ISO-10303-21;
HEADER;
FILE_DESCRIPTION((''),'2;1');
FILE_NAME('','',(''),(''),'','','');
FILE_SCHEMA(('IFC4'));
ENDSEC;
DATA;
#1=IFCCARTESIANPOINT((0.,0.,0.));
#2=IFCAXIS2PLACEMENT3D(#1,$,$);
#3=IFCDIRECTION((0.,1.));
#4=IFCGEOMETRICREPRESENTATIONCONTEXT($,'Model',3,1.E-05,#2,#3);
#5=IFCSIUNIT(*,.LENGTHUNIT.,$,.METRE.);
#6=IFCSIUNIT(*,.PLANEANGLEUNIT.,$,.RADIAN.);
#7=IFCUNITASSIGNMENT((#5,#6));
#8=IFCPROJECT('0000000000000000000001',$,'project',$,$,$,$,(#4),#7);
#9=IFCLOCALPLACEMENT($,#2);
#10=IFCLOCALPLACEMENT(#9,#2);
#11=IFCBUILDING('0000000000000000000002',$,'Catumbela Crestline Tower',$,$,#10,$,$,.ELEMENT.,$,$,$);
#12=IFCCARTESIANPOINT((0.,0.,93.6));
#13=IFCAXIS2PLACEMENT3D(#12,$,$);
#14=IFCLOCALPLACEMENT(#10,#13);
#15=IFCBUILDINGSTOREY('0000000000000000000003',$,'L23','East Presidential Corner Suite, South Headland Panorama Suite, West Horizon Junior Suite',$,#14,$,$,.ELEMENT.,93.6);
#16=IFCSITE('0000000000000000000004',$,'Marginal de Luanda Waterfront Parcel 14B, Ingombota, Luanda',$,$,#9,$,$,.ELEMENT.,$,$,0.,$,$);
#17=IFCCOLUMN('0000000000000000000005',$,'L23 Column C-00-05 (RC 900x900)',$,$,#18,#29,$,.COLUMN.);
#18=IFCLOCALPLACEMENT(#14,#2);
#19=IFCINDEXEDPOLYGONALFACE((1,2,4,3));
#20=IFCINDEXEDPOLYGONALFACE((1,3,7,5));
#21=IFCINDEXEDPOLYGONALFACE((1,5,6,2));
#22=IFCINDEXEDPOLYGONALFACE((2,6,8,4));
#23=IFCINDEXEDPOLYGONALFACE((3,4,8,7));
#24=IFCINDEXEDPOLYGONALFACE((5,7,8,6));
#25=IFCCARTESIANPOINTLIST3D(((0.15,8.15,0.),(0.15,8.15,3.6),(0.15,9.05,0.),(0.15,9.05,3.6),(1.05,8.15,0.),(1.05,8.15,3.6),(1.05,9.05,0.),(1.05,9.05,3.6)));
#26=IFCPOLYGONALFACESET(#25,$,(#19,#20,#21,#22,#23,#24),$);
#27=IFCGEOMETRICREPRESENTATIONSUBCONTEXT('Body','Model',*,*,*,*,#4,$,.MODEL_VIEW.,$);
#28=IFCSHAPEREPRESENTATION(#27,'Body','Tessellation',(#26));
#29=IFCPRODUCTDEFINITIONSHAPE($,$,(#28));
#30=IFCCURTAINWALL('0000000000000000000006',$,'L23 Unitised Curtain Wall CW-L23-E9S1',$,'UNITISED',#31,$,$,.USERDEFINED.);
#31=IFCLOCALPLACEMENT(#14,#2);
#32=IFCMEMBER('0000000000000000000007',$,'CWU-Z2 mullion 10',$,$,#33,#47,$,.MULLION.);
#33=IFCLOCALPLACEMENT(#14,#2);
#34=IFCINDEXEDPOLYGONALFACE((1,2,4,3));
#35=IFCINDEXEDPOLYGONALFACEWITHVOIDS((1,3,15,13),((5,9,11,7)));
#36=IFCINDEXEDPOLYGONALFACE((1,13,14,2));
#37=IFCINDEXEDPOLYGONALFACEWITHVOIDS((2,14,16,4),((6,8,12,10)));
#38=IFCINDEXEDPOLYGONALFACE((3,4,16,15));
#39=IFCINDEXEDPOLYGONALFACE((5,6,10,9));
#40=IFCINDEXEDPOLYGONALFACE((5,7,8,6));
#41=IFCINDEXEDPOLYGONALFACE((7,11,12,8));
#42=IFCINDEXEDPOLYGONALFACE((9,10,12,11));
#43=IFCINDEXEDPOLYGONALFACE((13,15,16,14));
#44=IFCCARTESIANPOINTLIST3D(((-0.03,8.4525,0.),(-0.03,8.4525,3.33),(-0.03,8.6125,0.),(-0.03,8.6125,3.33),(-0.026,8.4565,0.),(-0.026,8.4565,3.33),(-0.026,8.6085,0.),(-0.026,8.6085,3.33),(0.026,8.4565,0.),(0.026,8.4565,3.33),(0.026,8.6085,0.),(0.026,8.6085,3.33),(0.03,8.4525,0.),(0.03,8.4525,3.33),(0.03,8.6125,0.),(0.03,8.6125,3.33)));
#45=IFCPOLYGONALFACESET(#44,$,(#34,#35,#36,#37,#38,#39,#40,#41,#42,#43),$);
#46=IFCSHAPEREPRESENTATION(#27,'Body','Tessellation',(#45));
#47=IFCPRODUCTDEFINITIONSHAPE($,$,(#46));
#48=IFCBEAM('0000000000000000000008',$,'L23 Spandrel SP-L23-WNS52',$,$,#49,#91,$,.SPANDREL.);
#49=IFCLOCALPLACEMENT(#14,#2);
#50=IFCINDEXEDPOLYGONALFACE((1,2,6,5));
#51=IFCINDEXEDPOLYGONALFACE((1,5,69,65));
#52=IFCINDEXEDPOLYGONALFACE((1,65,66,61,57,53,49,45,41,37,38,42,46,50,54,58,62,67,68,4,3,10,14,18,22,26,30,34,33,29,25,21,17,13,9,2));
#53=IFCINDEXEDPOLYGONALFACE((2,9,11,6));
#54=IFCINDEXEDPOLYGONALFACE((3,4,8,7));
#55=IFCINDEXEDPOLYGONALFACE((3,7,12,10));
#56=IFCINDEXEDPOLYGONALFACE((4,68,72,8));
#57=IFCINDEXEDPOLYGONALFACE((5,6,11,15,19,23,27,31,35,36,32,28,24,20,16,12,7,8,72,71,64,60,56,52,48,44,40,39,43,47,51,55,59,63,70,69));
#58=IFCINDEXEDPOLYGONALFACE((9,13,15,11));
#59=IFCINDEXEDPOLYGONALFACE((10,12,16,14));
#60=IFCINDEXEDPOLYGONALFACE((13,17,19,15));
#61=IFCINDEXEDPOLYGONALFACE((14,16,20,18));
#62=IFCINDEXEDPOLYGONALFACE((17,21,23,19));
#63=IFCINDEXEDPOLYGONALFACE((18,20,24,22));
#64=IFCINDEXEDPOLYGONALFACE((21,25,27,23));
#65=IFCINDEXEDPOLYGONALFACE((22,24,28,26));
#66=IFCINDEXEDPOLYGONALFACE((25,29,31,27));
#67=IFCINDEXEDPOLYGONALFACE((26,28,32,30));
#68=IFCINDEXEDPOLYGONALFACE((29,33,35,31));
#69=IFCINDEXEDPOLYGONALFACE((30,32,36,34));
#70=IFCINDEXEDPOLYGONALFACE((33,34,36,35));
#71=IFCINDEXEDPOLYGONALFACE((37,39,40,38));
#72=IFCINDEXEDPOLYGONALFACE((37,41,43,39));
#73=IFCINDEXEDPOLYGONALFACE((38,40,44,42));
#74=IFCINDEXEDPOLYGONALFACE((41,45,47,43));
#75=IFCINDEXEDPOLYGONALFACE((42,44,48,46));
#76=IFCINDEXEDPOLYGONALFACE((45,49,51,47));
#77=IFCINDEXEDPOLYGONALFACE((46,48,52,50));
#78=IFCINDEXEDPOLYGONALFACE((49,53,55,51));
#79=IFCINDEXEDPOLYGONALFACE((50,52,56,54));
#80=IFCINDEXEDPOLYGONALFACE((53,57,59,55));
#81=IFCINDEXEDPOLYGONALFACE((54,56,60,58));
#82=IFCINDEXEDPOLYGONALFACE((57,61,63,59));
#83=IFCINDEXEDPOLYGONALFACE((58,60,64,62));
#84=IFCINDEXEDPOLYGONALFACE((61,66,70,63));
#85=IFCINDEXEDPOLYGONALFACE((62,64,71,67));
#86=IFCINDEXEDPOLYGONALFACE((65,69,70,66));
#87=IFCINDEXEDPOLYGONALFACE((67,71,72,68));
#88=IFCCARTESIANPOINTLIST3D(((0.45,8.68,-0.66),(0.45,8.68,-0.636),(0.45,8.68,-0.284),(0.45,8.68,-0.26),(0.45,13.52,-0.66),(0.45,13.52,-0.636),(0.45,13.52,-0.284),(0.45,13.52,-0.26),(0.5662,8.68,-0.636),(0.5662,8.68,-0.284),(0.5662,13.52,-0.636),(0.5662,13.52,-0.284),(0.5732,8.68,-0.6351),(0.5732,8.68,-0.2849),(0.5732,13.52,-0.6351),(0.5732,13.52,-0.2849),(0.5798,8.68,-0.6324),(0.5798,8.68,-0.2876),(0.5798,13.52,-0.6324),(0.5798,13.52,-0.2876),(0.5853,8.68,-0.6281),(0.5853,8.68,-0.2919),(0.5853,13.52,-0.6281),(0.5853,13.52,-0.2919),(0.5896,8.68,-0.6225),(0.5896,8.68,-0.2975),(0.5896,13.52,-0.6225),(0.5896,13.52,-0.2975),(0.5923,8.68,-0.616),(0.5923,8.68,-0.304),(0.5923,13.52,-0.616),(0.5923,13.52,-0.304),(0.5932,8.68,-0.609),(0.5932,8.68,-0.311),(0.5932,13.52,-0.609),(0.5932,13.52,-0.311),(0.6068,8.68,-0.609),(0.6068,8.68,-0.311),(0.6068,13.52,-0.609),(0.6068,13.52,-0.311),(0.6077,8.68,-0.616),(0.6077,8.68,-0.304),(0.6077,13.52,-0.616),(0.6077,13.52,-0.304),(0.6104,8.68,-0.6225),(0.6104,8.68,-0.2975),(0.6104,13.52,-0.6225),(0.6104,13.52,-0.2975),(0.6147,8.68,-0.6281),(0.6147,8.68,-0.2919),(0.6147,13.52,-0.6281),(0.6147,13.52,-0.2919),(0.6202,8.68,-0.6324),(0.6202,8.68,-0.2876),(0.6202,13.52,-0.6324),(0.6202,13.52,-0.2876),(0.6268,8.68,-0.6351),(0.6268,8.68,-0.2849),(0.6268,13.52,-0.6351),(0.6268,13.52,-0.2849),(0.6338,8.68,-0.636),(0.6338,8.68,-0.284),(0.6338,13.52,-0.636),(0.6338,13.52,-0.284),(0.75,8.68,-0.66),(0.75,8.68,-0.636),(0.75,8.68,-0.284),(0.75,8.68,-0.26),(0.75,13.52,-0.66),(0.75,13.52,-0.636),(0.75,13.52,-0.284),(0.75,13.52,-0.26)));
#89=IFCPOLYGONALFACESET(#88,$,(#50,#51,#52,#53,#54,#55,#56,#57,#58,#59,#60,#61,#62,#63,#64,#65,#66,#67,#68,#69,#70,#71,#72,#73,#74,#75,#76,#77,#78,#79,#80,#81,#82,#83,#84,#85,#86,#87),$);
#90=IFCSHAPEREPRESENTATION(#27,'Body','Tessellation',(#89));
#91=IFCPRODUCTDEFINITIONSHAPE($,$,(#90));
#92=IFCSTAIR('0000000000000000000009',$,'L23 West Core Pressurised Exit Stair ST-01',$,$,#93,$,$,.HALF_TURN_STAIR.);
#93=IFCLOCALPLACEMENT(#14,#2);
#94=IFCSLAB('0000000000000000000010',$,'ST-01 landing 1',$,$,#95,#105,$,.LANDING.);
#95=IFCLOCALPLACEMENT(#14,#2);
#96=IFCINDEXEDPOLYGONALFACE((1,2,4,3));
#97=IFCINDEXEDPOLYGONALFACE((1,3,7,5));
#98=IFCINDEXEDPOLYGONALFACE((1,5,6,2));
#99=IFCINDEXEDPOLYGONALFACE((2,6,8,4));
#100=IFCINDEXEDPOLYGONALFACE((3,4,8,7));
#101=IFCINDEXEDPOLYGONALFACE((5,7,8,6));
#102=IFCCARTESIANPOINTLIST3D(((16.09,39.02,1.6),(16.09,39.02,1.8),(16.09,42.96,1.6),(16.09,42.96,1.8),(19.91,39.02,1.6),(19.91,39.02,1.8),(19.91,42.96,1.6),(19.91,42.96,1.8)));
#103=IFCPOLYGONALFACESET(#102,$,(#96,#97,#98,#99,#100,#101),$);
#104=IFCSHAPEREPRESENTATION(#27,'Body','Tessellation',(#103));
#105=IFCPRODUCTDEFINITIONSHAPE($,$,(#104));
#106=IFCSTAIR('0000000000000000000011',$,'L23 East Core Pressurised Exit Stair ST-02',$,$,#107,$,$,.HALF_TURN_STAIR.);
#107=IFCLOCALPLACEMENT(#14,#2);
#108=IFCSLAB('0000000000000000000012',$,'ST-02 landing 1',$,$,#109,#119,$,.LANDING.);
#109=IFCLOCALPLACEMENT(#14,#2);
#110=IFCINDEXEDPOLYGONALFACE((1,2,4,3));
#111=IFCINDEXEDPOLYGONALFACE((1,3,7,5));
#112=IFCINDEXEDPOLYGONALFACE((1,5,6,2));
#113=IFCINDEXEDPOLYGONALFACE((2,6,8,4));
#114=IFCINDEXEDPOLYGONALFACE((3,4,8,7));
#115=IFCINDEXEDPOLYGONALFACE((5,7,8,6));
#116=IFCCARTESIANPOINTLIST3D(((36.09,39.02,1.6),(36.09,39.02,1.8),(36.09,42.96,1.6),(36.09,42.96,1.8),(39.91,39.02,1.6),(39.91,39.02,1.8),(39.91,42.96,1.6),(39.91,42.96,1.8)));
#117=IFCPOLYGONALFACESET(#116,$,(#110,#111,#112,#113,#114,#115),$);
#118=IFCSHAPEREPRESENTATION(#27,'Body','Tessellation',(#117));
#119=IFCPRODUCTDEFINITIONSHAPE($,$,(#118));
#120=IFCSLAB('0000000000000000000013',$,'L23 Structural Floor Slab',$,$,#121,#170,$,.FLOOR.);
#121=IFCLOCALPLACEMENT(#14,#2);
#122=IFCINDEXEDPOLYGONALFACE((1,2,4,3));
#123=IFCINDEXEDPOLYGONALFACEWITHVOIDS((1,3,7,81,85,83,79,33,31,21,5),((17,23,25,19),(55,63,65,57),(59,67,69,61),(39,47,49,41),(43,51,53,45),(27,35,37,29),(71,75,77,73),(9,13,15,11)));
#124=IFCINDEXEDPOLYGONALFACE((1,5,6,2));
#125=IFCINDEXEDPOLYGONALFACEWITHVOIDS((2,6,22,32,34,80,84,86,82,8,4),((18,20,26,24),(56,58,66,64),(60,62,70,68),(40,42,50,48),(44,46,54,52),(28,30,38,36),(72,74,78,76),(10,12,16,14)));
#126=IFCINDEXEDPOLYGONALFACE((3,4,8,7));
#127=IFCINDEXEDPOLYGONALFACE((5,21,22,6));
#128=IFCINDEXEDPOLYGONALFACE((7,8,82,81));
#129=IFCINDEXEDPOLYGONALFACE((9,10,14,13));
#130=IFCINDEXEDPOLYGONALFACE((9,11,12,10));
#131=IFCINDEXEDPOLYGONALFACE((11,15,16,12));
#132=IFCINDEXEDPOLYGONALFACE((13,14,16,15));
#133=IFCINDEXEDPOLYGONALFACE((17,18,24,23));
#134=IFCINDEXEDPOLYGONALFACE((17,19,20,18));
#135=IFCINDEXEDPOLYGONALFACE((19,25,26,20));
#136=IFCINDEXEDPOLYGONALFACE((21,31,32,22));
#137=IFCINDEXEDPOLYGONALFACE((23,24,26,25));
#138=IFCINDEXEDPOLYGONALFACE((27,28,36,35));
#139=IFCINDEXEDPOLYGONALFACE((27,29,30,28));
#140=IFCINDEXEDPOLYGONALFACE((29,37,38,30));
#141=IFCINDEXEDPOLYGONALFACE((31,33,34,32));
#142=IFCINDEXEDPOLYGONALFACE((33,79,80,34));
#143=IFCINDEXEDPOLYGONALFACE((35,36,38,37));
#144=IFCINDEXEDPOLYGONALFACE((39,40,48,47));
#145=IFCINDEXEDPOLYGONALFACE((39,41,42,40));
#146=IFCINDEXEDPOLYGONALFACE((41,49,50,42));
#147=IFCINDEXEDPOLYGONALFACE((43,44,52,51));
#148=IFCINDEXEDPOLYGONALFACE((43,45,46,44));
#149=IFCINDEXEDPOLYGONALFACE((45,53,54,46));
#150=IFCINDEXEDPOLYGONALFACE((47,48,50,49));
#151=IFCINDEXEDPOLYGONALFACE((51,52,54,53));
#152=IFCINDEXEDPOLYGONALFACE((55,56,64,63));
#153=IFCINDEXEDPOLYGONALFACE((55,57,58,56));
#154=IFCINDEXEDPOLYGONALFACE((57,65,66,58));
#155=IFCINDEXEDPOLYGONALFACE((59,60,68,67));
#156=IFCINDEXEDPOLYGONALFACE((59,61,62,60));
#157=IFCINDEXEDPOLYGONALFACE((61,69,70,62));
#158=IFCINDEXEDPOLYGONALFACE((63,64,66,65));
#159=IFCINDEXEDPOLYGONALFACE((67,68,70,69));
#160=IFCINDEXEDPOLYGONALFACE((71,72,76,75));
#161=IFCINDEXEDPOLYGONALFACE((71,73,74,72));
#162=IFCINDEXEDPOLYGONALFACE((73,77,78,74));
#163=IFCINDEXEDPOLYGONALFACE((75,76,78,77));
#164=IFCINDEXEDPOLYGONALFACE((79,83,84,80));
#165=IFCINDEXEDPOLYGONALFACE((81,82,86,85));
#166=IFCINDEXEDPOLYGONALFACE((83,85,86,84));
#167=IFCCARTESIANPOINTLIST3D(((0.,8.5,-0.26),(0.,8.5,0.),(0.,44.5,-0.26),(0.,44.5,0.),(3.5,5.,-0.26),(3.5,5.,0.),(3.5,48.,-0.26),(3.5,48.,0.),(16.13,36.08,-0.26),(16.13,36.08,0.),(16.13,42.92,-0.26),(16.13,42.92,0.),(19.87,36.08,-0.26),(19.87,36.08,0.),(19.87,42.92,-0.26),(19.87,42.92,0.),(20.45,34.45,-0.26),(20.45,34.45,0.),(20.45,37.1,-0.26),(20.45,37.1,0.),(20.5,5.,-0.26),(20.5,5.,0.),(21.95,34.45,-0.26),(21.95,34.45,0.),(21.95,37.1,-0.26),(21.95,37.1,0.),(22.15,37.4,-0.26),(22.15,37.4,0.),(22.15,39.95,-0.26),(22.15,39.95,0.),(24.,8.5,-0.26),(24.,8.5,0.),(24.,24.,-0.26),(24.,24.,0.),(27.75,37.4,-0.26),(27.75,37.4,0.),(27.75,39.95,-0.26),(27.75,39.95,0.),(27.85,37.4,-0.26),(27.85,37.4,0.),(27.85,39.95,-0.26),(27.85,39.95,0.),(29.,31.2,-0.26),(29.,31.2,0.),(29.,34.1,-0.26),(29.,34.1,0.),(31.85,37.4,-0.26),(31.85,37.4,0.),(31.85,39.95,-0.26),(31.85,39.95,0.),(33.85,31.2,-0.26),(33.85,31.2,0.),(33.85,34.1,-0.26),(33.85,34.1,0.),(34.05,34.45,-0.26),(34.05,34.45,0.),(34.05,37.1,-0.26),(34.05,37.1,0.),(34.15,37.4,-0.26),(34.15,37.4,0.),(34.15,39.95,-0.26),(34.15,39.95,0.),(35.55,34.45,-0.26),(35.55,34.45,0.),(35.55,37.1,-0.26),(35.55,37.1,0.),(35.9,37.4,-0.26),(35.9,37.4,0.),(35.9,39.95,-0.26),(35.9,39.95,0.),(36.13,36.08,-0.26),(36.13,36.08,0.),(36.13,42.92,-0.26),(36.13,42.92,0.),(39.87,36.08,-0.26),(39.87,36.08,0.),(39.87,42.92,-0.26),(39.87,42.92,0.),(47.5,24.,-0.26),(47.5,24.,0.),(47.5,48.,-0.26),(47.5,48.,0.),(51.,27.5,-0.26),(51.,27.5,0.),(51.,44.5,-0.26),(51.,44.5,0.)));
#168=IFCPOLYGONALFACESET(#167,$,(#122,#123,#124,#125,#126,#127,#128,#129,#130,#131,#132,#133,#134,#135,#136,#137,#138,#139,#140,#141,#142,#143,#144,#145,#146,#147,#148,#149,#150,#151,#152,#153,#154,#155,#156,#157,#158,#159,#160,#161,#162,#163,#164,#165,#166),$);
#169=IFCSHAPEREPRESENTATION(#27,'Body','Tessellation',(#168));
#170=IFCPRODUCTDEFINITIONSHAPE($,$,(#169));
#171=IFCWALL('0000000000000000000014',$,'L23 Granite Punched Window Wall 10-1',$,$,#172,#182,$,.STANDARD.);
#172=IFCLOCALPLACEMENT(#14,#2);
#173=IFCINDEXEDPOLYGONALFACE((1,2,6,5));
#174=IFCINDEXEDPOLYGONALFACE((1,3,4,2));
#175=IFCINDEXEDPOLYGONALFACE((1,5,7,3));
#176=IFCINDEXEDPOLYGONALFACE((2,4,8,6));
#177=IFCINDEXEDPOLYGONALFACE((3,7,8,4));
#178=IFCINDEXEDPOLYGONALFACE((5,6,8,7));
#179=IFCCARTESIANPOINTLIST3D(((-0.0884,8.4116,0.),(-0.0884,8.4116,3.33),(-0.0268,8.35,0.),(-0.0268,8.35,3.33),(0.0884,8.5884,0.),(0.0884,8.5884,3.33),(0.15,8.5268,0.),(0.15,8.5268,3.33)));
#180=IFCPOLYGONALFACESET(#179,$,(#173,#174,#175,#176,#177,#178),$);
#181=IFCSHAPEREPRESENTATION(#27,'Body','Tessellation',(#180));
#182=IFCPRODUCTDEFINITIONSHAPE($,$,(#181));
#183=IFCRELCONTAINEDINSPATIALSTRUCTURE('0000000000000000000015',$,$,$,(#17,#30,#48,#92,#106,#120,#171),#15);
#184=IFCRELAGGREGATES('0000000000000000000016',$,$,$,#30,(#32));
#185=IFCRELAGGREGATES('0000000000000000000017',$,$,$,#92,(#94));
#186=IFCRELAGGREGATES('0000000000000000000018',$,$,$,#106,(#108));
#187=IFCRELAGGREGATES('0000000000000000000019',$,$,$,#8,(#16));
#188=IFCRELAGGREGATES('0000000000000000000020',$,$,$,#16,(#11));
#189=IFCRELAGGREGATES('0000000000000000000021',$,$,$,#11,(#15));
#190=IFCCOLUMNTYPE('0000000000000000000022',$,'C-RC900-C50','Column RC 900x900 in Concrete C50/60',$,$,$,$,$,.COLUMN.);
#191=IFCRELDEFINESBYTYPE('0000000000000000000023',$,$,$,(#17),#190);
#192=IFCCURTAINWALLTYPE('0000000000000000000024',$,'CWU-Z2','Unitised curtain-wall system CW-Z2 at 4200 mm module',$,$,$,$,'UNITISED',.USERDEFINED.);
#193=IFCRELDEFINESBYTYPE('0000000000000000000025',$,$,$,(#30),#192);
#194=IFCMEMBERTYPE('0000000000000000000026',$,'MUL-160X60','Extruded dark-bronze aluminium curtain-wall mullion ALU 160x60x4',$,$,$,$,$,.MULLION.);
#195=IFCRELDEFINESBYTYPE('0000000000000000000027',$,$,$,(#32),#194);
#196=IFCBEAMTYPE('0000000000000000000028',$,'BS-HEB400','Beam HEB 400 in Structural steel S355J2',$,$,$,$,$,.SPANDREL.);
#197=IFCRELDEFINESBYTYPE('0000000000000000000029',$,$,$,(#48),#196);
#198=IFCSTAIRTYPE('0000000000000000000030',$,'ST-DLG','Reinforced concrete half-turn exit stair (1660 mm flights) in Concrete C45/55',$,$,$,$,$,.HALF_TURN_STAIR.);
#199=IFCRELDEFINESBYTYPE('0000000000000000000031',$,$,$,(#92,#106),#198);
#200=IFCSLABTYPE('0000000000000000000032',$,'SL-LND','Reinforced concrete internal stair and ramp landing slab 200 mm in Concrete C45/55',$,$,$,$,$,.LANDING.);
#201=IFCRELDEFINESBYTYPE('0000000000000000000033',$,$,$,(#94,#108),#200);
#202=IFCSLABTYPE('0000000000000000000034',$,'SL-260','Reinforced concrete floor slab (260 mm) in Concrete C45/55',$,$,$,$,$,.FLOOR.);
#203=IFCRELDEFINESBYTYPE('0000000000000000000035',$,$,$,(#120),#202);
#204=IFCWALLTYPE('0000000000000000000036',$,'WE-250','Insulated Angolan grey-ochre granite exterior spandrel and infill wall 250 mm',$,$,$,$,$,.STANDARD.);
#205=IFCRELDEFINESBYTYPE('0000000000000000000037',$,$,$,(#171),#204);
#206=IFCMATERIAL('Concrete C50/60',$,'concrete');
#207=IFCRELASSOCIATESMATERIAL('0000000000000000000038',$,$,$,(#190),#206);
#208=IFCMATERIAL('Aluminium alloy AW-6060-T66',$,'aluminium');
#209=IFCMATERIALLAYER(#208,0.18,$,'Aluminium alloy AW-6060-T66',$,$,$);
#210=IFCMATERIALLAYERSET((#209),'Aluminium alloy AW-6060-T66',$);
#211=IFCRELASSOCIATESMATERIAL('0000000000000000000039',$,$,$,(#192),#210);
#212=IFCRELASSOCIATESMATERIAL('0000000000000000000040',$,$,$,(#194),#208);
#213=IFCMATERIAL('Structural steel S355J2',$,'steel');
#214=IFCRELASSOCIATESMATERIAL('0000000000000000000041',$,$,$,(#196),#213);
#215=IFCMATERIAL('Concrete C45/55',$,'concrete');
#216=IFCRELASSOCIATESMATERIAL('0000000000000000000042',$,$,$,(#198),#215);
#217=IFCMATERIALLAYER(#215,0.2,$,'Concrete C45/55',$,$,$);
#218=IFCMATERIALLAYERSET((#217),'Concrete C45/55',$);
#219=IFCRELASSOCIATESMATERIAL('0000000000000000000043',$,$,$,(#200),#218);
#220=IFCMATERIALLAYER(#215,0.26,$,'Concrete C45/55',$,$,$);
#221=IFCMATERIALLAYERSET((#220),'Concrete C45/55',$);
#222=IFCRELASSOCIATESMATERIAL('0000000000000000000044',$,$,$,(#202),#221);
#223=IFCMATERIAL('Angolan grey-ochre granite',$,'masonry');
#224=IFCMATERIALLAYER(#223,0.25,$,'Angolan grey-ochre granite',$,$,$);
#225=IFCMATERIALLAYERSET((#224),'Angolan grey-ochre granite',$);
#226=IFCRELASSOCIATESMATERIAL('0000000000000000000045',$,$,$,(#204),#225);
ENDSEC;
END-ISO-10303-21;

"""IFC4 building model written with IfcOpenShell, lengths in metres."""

from ifc_helpers import new_model, si_unit, direction, frame, frame_2d, origin, origin_2d, place, context, subcontext, project, spatial, polyline, rectangle, hollow_rectangle, i_section, outline, extrude, material, layer, layer_set, material_profile, profile_set, type_object, element, aggregate, save


model = new_model("IFC4")

# Units and contexts
model_context = context("Model", 3, precision=1e-05, world=origin(), true_north=direction((0.0, 1.0)))
body_context = subcontext(model_context, "Body", "Model", "MODEL_VIEW")
ifc_project = project(units=[si_unit("LENGTHUNIT", "METRE"), si_unit("PLANEANGLEUNIT", "RADIAN")], contexts=[model_context])

# Site, building, storey
site_placement = place(None, origin())
site = spatial("IfcSite", under=ifc_project, at=site_placement, Name="Marginal de Luanda Waterfront Parcel 14B, Ingombota, Luanda", CompositionType="ELEMENT", RefElevation=0.0)
building_placement = place(site_placement, origin())
building = spatial("IfcBuilding", under=site, at=building_placement, Name="Catumbela Crestline Tower", CompositionType="ELEMENT")
storey_placement = place(building_placement, frame((0.0, 0.0, 93.6)))
storey = spatial("IfcBuildingStorey", under=building, at=storey_placement, Name="L23", Description="East Presidential Corner Suite, South Headland Panorama Suite, West Horizon Junior Suite", CompositionType="ELEMENT", Elevation=93.6)

# Column
ifc_material_1 = material(Name="Concrete C50/60", Category="concrete")
ifc_material_profile_1 = material_profile(ifc_material_1, rectangle(XDim=0.9, YDim=0.9, at=origin_2d()), Name="RC 900x900")
ifc_profile_set_1 = profile_set([ifc_material_profile_1], Name="Concrete C50/60")
column_type = type_object("IfcColumnType", Name="C-RC900-C50", Description="Column RC 900x900 in Concrete C50/60", PredefinedType="COLUMN", material=ifc_profile_set_1)
column_placement = place(storey_placement, frame((0.6, 8.6, 0.0), z_axis=(0.0, 0.0, 1.0), x_axis=(1.0, 0.0, 0.0)))
element("IfcColumn", 1, at=column_placement, inside=storey, type_object=column_type, Name="L23 Column C-00-05 (RC 900x900)", PredefinedType="COLUMN", context=body_context, shape_type="SweptSolid", body=[
    extrude(rectangle(XDim=0.9, YDim=0.9, at=origin_2d()), origin(), (0.0, 0.0, 1.0), 3.6),
])

# Curtain wall, member
ifc_material_2 = material(Name="Aluminium alloy AW-6060-T66", Category="aluminium")
ifc_layer_1 = layer(ifc_material_2, 0.18, Name="Aluminium alloy AW-6060-T66")
ifc_layer_set_1 = layer_set([ifc_layer_1], Name="Aluminium alloy AW-6060-T66")
curtain_wall_type = type_object("IfcCurtainWallType", Name="CWU-Z2", Description="Unitised curtain-wall system CW-Z2 at 4200 mm module", ElementType="UNITISED", PredefinedType="USERDEFINED", material=ifc_layer_set_1)
curtain_wall_placement = place(storey_placement, origin())
curtain_wall = element("IfcCurtainWall", 2, at=curtain_wall_placement, inside=storey, type_object=curtain_wall_type, Name="L23 Unitised Curtain Wall CW-L23-E9S1", ObjectType="UNITISED", PredefinedType="USERDEFINED")
ifc_material_profile_2 = material_profile(ifc_material_2, hollow_rectangle(XDim=0.06, YDim=0.16, WallThickness=0.004, at=origin_2d()), Name="ALU 160x60x4")
ifc_profile_set_2 = profile_set([ifc_material_profile_2], Name="Aluminium alloy AW-6060-T66")
member_type = type_object("IfcMemberType", Name="MUL-160X60", Description="Extruded dark-bronze aluminium curtain-wall mullion ALU 160x60x4", PredefinedType="MULLION", material=ifc_profile_set_2)
member_placement = place(storey_placement, frame((0.0, 8.5325, 0.0), z_axis=(0.0, 0.0, 1.0), x_axis=(1.0, 0.0, 0.0)))
member = element("IfcMember", 3, at=member_placement, type_object=member_type, Name="CWU-Z2 mullion 10", PredefinedType="MULLION", context=body_context, shape_type="SweptSolid", body=[
    extrude(hollow_rectangle(XDim=0.06, YDim=0.16, WallThickness=0.004, at=origin_2d()), origin(), (0.0, 0.0, 1.0), 3.33),
])
aggregate(curtain_wall, [member])

# Beam
ifc_material_3 = material(Name="Structural steel S355J2", Category="steel")
ifc_material_profile_3 = material_profile(ifc_material_3, i_section(OverallWidth=0.3, OverallDepth=0.4, WebThickness=0.0135, FlangeThickness=0.024, FilletRadius=0.027, at=origin_2d()), Name="HEB 400")
ifc_profile_set_3 = profile_set([ifc_material_profile_3], Name="Structural steel S355J2")
beam_type = type_object("IfcBeamType", Name="BS-HEB400", Description="Beam HEB 400 in Structural steel S355J2", PredefinedType="SPANDREL", material=ifc_profile_set_3)
beam_placement = place(storey_placement, frame((0.6, 8.68, -0.46), z_axis=(0.0, 1.0, 0.0), x_axis=(-1.0, 0.0, 0.0)))
element("IfcBeam", 4, at=beam_placement, inside=storey, type_object=beam_type, Name="L23 Spandrel SP-L23-WNS52", PredefinedType="SPANDREL", context=body_context, shape_type="SweptSolid", body=[
    extrude(i_section(OverallWidth=0.3, OverallDepth=0.4, WebThickness=0.0135, FlangeThickness=0.024, FilletRadius=0.027, at=origin_2d()), origin(), (0.0, 0.0, 1.0), 4.84),
])

# Stairs, slabs
ifc_material_4 = material(Name="Concrete C45/55", Category="concrete")
stair_type = type_object("IfcStairType", Name="ST-DLG", Description="Reinforced concrete half-turn exit stair (1660 mm flights) in Concrete C45/55", PredefinedType="HALF_TURN_STAIR", material=ifc_material_4)
stair_1_placement = place(storey_placement, origin())
stair_1 = element("IfcStair", 5, at=stair_1_placement, inside=storey, type_object=stair_type, Name="L23 West Core Pressurised Exit Stair ST-01", PredefinedType="HALF_TURN_STAIR")
ifc_layer_2 = layer(ifc_material_4, 0.2, Name="Concrete C45/55")
ifc_layer_set_2 = layer_set([ifc_layer_2], Name="Concrete C45/55")
slab_type_1 = type_object("IfcSlabType", Name="SL-LND", Description="Reinforced concrete internal stair and ramp landing slab 200 mm in Concrete C45/55", PredefinedType="LANDING", material=ifc_layer_set_2)
slab_1_placement = place(storey_placement, frame((0.0, 0.0, 1.6)))
slab_1 = element("IfcSlab", 6, at=slab_1_placement, type_object=slab_type_1, Name="ST-01 landing 1", PredefinedType="LANDING", context=body_context, shape_type="SweptSolid", body=[
    extrude(outline(polyline([(19.91, 39.02), (19.91, 42.96), (16.09, 42.96), (16.09, 39.02), (19.91, 39.02)])), origin(), (0.0, 0.0, 1.0), 0.2),
])
aggregate(stair_1, [slab_1])
stair_2_placement = place(storey_placement, origin())
stair_2 = element("IfcStair", 7, at=stair_2_placement, inside=storey, type_object=stair_type, Name="L23 East Core Pressurised Exit Stair ST-02", PredefinedType="HALF_TURN_STAIR")
slab_2_placement = place(storey_placement, frame((0.0, 0.0, 1.6)))
slab_2 = element("IfcSlab", 8, at=slab_2_placement, type_object=slab_type_1, Name="ST-02 landing 1", PredefinedType="LANDING", context=body_context, shape_type="SweptSolid", body=[
    extrude(outline(polyline([(39.91, 39.02), (39.91, 42.96), (36.09, 42.96), (36.09, 39.02), (39.91, 39.02)])), origin(), (0.0, 0.0, 1.0), 0.2),
])
aggregate(stair_2, [slab_2])

# Slab
ifc_layer_3 = layer(ifc_material_4, 0.26, Name="Concrete C45/55")
ifc_layer_set_3 = layer_set([ifc_layer_3], Name="Concrete C45/55")
slab_type_2 = type_object("IfcSlabType", Name="SL-260", Description="Reinforced concrete floor slab (260 mm) in Concrete C45/55", PredefinedType="FLOOR", material=ifc_layer_set_3)
slab_3_placement = place(storey_placement, frame((0.0, 0.0, -0.26)))
element("IfcSlab", 9, at=slab_3_placement, inside=storey, type_object=slab_type_2, Name="L23 Structural Floor Slab", PredefinedType="FLOOR", context=body_context, shape_type="SweptSolid", body=[
    extrude(outline(polyline([(3.5, 5.0), (20.5, 5.0), (24.0, 8.5), (24.0, 24.0), (47.5, 24.0), (51.0, 27.5), (51.0, 44.5), (47.5, 48.0), (3.5, 48.0), (0.0, 44.5), (0.0, 8.5), (3.5, 5.0)]), holes=[polyline([(16.13, 36.08), (19.87, 36.08), (19.87, 42.92), (16.13, 42.92), (16.13, 36.08)]), polyline([(36.13, 36.08), (39.87, 36.08), (39.87, 42.92), (36.13, 42.92), (36.13, 36.08)]), polyline([(29.0, 31.2), (33.85, 31.2), (33.85, 34.1), (29.0, 34.1), (29.0, 31.2)]), polyline([(22.15, 37.4), (27.75, 37.4), (27.75, 39.95), (22.15, 39.95), (22.15, 37.4)]), polyline([(27.85, 37.4), (31.85, 37.4), (31.85, 39.95), (27.85, 39.95), (27.85, 37.4)]), polyline([(20.45, 34.45), (21.95, 34.45), (21.95, 37.1), (20.45, 37.1), (20.45, 34.45)]), polyline([(34.05, 34.45), (35.55, 34.45), (35.55, 37.1), (34.05, 37.1), (34.05, 34.45)]), polyline([(34.15, 37.4), (35.9, 37.4), (35.9, 39.95), (34.15, 39.95), (34.15, 37.4)])]), origin(), (0.0, 0.0, 1.0), 0.26),
])

# Wall
ifc_material_5 = material(Name="Angolan grey-ochre granite", Category="masonry")
ifc_layer_4 = layer(ifc_material_5, 0.25, Name="Angolan grey-ochre granite")
ifc_layer_set_4 = layer_set([ifc_layer_4], Name="Angolan grey-ochre granite")
wall_type = type_object("IfcWallType", Name="WE-250", Description="Insulated Angolan grey-ochre granite exterior spandrel and infill wall 250 mm", PredefinedType="STANDARD", material=ifc_layer_set_4)
wall_1_placement = place(storey_placement, frame((0.0, 8.5, 0.0), z_axis=(0.0, 0.0, 1.0), x_axis=(0.707107, -0.707107, 0.0)))
element("IfcWall", 10, at=wall_1_placement, inside=storey, type_object=wall_type, Name="L23 Granite Punched Window Wall 10-1", PredefinedType="STANDARD", context=body_context, shape_type="SweptSolid", body=[
    extrude(rectangle(XDim=0.0871, YDim=0.25, at=frame_2d((0.0436, 0.0))), origin(), (0.0, 0.0, 1.0), 3.33),
])

save(model, "model.ifc")
